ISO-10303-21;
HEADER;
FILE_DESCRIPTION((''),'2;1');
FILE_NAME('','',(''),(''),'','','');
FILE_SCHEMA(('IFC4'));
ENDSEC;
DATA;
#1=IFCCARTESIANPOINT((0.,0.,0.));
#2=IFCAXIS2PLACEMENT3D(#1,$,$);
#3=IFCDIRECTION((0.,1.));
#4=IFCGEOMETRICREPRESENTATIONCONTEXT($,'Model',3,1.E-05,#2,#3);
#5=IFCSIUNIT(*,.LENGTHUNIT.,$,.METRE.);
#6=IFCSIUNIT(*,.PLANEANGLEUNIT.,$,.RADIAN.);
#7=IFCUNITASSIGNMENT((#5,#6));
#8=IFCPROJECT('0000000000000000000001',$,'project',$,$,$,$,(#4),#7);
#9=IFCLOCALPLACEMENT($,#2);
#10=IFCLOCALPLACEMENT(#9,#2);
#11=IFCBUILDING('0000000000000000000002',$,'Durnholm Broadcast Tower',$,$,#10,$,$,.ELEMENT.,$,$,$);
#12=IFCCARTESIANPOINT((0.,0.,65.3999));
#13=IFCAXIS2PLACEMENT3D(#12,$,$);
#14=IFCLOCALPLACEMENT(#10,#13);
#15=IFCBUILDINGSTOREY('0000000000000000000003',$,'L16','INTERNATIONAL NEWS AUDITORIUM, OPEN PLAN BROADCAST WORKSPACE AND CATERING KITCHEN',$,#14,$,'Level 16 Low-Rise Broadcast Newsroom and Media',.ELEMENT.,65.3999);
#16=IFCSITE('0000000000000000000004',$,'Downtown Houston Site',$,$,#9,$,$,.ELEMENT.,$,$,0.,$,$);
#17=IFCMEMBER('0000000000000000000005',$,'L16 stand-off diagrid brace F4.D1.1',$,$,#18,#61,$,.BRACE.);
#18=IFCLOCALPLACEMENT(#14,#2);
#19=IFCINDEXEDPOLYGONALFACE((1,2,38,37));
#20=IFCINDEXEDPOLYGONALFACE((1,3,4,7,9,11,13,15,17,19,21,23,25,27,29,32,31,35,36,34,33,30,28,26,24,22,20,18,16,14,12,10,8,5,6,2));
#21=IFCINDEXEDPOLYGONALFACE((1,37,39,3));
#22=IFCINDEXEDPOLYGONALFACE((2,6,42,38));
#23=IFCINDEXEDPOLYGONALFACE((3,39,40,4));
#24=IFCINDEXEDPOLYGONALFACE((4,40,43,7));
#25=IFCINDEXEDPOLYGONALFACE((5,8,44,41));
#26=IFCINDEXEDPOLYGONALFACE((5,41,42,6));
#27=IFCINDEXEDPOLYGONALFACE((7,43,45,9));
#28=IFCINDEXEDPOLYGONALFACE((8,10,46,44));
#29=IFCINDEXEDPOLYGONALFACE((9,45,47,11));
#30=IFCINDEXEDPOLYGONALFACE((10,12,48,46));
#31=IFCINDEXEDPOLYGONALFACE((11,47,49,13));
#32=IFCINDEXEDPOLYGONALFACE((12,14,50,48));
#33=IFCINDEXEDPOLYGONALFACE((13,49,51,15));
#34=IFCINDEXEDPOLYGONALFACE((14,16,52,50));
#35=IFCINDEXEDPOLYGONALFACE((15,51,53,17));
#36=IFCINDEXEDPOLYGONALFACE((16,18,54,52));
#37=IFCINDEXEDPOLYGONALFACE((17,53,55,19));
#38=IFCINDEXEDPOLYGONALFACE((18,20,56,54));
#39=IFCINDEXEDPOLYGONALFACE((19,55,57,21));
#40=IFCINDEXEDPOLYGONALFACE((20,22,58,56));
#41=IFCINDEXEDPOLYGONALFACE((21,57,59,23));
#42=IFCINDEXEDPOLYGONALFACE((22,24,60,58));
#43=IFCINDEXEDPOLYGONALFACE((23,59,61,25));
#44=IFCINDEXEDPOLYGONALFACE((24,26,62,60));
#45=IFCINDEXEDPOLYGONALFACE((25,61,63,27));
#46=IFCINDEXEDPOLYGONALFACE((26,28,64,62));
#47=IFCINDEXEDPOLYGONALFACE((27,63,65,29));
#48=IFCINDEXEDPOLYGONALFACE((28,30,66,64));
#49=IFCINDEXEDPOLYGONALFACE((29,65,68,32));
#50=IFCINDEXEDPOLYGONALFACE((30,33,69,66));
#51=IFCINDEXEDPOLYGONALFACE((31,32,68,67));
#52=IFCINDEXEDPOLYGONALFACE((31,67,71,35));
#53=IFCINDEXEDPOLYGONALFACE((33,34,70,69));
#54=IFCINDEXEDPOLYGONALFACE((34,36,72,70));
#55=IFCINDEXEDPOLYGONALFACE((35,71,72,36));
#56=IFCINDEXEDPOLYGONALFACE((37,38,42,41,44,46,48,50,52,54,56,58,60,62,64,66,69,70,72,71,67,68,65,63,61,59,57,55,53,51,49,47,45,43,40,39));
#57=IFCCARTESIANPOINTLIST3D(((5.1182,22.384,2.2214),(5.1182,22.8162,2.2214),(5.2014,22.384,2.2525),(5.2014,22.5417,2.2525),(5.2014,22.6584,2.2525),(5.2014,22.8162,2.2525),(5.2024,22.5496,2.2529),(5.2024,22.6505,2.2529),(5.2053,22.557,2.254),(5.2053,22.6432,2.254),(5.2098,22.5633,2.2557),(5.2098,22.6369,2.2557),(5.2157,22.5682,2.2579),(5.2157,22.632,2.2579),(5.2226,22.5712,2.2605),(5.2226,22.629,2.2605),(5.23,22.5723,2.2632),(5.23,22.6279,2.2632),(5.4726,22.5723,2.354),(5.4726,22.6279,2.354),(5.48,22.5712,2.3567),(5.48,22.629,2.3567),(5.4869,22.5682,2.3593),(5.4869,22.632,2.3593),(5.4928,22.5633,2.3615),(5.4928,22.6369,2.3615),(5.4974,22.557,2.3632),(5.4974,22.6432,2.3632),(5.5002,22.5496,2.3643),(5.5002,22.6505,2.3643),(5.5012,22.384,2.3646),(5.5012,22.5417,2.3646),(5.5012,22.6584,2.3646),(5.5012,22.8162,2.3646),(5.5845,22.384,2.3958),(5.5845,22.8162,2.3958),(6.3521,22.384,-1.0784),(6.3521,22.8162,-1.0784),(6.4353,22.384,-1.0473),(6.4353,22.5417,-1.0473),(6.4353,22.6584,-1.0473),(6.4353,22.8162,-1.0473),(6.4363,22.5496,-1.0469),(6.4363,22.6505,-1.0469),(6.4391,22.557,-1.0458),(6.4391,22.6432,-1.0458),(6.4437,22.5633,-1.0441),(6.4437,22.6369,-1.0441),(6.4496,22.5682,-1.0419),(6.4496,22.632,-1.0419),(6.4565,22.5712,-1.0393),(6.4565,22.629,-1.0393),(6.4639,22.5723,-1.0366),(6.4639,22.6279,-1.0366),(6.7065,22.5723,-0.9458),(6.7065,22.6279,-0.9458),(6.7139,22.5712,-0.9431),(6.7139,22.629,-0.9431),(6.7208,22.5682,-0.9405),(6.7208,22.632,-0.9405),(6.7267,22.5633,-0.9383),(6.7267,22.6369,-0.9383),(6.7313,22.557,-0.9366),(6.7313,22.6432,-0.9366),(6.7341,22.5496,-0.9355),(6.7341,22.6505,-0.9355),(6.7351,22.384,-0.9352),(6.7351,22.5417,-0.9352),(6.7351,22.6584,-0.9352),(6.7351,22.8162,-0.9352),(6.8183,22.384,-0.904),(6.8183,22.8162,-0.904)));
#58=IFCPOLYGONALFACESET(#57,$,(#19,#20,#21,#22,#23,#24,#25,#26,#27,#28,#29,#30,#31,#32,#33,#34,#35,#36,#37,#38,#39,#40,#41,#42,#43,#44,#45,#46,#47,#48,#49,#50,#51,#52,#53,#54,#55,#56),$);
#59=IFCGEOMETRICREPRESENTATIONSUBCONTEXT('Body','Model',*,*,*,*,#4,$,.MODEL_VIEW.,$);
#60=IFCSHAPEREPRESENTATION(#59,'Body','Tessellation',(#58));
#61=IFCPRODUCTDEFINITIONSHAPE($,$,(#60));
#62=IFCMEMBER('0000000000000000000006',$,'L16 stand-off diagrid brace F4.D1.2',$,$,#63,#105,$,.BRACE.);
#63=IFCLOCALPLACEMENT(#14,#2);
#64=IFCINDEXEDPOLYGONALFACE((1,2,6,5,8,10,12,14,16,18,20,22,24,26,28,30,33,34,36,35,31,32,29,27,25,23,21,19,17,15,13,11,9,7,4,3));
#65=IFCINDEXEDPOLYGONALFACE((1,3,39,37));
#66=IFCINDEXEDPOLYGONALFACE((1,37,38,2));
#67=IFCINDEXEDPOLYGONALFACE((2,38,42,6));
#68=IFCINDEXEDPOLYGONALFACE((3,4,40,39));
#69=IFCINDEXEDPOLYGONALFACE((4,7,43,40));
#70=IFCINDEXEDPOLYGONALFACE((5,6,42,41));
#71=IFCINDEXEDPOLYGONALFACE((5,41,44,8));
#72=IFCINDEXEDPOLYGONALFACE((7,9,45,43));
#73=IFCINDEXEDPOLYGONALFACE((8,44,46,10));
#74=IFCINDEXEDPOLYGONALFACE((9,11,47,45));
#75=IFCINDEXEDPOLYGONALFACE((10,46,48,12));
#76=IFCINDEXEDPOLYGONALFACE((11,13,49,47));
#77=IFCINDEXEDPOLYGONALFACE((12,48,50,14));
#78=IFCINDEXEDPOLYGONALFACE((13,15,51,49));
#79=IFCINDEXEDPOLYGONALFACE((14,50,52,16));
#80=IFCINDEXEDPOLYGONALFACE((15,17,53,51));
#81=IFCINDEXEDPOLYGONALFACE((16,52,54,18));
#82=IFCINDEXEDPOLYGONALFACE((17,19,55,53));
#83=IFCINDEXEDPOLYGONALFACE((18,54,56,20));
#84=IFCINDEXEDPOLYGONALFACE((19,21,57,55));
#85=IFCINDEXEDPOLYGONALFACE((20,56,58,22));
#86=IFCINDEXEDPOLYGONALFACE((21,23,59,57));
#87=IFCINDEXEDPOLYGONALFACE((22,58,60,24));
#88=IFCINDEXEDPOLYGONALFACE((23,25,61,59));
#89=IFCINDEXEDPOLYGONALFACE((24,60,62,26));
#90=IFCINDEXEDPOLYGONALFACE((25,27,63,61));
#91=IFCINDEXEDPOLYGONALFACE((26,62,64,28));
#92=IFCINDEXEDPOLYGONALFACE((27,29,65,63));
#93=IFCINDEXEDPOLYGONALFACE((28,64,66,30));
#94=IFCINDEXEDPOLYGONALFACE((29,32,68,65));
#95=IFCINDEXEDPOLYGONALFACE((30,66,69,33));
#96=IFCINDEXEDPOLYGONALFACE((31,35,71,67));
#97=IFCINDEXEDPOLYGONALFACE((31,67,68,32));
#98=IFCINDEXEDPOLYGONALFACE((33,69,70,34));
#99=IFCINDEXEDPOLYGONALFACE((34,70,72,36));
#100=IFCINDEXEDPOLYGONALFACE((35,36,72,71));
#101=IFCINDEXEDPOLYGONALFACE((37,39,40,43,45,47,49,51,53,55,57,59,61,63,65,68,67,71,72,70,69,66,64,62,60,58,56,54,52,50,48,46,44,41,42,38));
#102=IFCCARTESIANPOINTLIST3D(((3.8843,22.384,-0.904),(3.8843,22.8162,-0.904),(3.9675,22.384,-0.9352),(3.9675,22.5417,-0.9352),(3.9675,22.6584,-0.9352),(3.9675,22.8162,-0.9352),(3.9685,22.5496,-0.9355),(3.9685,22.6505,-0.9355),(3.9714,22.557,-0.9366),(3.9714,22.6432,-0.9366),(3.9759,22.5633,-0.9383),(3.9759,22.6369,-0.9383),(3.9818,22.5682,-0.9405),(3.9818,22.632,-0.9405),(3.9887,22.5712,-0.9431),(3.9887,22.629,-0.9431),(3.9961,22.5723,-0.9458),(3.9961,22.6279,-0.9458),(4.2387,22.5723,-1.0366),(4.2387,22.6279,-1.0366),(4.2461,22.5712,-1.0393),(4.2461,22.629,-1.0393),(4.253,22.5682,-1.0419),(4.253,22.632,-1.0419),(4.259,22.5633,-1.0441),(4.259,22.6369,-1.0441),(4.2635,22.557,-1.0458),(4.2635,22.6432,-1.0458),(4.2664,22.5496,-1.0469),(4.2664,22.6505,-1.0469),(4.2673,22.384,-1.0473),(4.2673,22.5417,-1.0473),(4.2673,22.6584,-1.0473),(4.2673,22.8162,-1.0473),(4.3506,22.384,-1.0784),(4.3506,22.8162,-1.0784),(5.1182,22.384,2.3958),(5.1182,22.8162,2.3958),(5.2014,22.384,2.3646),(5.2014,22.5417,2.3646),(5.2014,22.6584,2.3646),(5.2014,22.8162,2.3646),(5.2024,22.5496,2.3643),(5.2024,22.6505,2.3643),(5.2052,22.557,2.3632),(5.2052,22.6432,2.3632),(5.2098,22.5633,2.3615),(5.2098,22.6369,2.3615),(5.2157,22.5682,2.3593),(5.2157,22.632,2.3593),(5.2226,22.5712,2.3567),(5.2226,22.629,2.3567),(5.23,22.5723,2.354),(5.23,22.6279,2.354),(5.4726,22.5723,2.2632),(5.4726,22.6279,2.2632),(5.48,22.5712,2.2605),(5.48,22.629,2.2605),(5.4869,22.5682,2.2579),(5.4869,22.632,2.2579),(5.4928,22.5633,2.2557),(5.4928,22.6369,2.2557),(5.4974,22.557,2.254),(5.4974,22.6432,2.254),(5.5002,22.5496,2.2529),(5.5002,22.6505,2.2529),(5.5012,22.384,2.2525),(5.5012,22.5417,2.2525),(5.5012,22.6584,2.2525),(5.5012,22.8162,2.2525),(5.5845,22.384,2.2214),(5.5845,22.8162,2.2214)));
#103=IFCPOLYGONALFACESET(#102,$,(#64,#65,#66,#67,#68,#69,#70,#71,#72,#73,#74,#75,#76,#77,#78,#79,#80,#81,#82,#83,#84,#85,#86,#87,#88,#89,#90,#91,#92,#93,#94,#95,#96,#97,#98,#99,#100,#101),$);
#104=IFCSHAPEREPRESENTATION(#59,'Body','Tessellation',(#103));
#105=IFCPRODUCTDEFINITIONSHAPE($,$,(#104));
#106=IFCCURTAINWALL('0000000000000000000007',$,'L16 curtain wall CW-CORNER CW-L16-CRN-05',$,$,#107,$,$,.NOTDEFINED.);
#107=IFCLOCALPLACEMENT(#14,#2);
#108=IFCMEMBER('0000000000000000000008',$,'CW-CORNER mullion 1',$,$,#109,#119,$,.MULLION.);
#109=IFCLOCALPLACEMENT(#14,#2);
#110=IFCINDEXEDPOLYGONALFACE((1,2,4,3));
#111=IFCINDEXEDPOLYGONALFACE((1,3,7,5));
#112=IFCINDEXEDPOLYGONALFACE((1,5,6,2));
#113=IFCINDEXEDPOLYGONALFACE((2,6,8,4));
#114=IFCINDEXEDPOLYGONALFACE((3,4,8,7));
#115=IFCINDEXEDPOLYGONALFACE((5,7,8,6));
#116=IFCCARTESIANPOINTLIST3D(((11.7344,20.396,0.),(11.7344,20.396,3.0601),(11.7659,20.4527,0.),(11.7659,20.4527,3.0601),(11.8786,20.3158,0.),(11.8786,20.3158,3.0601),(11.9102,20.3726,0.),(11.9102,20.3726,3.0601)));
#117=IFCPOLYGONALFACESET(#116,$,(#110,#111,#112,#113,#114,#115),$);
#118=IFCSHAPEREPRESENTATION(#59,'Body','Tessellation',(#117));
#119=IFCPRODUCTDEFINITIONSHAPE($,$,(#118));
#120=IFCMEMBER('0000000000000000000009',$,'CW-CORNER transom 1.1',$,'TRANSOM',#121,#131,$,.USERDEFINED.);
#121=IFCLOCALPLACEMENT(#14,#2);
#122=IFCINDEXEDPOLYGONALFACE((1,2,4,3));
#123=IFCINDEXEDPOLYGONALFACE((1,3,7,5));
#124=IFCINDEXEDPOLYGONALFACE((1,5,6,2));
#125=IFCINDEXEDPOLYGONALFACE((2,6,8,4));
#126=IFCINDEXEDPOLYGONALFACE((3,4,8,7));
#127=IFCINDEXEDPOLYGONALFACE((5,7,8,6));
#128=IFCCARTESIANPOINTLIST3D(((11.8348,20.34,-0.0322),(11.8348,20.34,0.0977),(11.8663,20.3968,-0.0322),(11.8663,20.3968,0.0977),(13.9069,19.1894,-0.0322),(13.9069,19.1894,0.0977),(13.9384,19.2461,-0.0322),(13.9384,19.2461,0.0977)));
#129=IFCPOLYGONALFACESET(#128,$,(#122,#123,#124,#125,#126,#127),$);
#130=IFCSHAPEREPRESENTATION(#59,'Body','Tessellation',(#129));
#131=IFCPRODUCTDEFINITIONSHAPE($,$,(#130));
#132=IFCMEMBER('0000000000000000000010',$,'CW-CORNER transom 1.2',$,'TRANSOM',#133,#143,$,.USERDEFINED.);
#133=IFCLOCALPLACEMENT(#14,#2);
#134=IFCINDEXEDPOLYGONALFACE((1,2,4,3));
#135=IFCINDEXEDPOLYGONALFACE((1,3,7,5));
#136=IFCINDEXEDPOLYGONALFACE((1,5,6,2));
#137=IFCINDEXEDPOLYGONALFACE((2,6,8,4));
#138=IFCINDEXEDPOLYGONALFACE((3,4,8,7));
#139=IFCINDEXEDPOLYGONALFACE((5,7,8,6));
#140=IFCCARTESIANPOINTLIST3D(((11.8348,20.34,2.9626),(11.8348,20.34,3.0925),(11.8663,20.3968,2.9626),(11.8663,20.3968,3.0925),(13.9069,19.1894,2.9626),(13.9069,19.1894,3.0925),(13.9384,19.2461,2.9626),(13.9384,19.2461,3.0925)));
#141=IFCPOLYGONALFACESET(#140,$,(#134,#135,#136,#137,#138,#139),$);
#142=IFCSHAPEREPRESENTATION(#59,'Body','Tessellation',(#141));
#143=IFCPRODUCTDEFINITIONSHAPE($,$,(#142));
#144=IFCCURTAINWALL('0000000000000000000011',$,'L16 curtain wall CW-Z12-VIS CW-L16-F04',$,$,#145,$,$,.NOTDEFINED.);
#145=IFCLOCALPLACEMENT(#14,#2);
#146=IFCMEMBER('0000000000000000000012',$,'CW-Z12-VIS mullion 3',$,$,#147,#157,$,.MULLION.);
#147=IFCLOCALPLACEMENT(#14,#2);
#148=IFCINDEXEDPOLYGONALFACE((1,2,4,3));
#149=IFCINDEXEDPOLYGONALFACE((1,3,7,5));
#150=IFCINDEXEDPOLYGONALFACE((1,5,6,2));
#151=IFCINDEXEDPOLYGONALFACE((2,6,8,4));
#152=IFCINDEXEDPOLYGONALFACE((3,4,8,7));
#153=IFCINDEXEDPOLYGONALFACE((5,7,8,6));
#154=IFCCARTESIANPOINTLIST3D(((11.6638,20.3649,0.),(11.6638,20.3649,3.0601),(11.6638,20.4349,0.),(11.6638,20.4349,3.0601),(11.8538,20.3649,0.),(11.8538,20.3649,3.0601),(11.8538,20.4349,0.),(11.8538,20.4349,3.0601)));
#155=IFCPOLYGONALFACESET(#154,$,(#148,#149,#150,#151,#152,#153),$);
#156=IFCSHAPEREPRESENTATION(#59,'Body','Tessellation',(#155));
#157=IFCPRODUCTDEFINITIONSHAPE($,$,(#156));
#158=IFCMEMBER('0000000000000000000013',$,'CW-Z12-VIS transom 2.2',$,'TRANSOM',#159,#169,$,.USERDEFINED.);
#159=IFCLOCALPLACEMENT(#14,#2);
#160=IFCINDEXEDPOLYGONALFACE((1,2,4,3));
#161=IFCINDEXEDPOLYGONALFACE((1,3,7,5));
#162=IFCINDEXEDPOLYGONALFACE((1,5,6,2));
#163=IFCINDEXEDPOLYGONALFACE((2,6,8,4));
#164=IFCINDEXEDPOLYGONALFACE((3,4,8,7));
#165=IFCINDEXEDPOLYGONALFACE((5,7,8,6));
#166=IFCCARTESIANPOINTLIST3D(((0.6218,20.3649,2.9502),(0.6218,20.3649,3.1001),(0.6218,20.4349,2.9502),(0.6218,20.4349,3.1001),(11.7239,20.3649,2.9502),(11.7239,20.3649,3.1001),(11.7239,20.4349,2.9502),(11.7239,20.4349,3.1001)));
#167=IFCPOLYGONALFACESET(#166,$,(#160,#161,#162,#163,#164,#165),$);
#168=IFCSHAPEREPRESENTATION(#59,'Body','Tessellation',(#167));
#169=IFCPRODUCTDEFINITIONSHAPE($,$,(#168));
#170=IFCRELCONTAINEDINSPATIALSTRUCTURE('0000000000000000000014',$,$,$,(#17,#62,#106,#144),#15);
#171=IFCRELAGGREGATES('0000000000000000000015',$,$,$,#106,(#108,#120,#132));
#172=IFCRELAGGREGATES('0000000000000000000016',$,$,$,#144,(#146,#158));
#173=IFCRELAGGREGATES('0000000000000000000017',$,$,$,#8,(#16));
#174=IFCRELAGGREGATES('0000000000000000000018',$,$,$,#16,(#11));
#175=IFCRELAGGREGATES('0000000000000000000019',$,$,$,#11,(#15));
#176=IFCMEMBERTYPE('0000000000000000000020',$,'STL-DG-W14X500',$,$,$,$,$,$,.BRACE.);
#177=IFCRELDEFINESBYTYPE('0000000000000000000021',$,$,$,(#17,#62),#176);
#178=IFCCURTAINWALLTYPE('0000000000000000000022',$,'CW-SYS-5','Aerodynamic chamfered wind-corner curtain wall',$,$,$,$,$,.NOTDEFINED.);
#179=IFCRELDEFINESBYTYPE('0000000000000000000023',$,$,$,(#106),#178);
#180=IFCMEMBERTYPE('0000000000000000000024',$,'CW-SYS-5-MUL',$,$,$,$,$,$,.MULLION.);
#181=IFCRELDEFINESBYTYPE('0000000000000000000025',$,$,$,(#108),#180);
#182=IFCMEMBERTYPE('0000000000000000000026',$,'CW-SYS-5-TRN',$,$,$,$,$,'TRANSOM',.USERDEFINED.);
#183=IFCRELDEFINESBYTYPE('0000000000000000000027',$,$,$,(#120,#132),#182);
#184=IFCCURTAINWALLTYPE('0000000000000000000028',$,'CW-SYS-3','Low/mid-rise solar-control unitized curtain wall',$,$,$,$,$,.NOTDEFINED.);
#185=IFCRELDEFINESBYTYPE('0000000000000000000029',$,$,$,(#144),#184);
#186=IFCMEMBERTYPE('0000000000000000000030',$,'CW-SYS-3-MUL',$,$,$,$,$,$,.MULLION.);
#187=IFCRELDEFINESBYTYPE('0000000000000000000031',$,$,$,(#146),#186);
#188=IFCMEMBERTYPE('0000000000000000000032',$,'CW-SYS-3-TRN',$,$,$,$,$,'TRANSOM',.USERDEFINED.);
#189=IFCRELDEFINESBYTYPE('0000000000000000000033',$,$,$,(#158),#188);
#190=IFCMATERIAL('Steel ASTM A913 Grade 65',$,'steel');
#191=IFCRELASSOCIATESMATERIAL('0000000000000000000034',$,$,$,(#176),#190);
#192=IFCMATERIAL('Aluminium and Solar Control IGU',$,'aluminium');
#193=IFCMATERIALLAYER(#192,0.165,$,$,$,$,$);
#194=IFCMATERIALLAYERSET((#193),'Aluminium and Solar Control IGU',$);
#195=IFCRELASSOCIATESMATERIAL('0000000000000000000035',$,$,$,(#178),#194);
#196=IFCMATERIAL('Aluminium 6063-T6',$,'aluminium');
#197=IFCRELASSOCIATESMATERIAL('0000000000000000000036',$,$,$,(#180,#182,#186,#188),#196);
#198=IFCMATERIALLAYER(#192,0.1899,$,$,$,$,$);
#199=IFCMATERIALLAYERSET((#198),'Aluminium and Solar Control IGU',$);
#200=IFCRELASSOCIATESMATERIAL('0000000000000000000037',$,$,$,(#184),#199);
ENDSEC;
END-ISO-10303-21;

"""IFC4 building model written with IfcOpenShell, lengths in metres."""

from ifc_helpers import new_model, si_unit, direction, frame, origin, origin_2d, place, context, subcontext, project, spatial, rectangle, i_section, extrude, source, transform, mapped, material, layer, layer_set, material_profile, profile_set, type_object, type_shapes, element, aggregate, save


model = new_model("IFC4")

# Units and contexts
model_context = context("Model", 3, precision=1e-05, world=origin(), true_north=direction((0.0, 1.0)))
body_context = subcontext(model_context, "Body", "Model", "MODEL_VIEW")
ifc_project = project(units=[si_unit("LENGTHUNIT", "METRE"), si_unit("PLANEANGLEUNIT", "RADIAN")], contexts=[model_context])

# Site, building, storey
site_placement = place(None, origin())
site = spatial("IfcSite", under=ifc_project, at=site_placement, Name="Downtown Houston Site", CompositionType="ELEMENT", RefElevation=0.0)
building_placement = place(site_placement, origin())
building = spatial("IfcBuilding", under=site, at=building_placement, Name="Durnholm Broadcast Tower", CompositionType="ELEMENT")
storey_placement = place(building_placement, frame((0.0, 0.0, 65.3999)))
storey = spatial("IfcBuildingStorey", under=building, at=storey_placement, Name="L16", Description="INTERNATIONAL NEWS AUDITORIUM, OPEN PLAN BROADCAST WORKSPACE AND CATERING KITCHEN", LongName="Level 16 Low-Rise Broadcast Newsroom and Media", CompositionType="ELEMENT", Elevation=65.3999)

# Members
ifc_material_1 = material(Name="Steel ASTM A913 Grade 65", Category="steel")
ifc_material_profile_1 = material_profile(ifc_material_1, i_section(OverallWidth=0.4321, OverallDepth=0.4978, WebThickness=0.0557, FlangeThickness=0.0889, FilletRadius=0.0305, at=origin_2d()), Name="W14X500")
ifc_profile_set_1 = profile_set([ifc_material_profile_1], Name="Steel ASTM A913 Grade 65")
member_type_1 = type_object("IfcMemberType", Name="STL-DG-W14X500", PredefinedType="BRACE", material=ifc_profile_set_1)
shared_shape_1 = source(origin(), body_context, "Body", "SweptSolid", [
    extrude(i_section(OverallWidth=0.4321, OverallDepth=0.4978, WebThickness=0.0557, FlangeThickness=0.0889, FilletRadius=0.0305, at=origin_2d()), origin(), (0.0, 0.0, 1.0), 3.5229),
])
type_shapes(member_type_1, [shared_shape_1])
for number, where, z_axis, x_axis, name in (
    (1, (6.5852, 22.6001, -0.9912), (-0.350242, 0.0, 0.936659), (0.0, -1.0, 0.0), "L16 stand-off diagrid brace F4.D1.1"),
    (2, (4.1174, 22.6001, -0.9912), (0.350242, 0.0, 0.936659), (0.0, 1.0, 0.0), "L16 stand-off diagrid brace F4.D1.2"),
):
    element("IfcMember", number, at=place(storey_placement, frame(where, z_axis=z_axis, x_axis=x_axis)), inside=storey, type_object=member_type_1, Name=name, PredefinedType="BRACE", context=body_context, shape_type="MappedRepresentation", body=[
        mapped(shared_shape_1, transform((0.0, 0.0, 0.0), x_axis=(1.0, 0.0, 0.0), y_axis=(0.0, 1.0, 0.0), z_axis=(0.0, 0.0, 1.0), scale=1.0)),
    ])

# Curtain walls, members
ifc_material_2 = material(Name="Aluminium and Solar Control IGU", Category="aluminium")
ifc_layer_1 = layer(ifc_material_2, 0.165)
ifc_layer_set_1 = layer_set([ifc_layer_1], Name="Aluminium and Solar Control IGU")
curtain_wall_type_1 = type_object("IfcCurtainWallType", Name="CW-SYS-5", Description="Aerodynamic chamfered wind-corner curtain wall", PredefinedType="NOTDEFINED", material=ifc_layer_set_1)
curtain_wall_1_placement = place(storey_placement, origin())
curtain_wall_1 = element("IfcCurtainWall", 3, at=curtain_wall_1_placement, inside=storey, type_object=curtain_wall_type_1, Name="L16 curtain wall CW-CORNER CW-L16-CRN-05", PredefinedType="NOTDEFINED")
ifc_material_3 = material(Name="Aluminium 6063-T6", Category="aluminium")
ifc_material_profile_2 = material_profile(ifc_material_3, rectangle(XDim=0.0649, YDim=0.165, at=origin_2d()), Name="CWM65X165")
ifc_profile_set_2 = profile_set([ifc_material_profile_2], Name="Aluminium 6063-T6")
member_type_2 = type_object("IfcMemberType", Name="CW-SYS-5-MUL", PredefinedType="MULLION", material=ifc_profile_set_2)
shared_shape_2 = source(origin(), body_context, "Body", "SweptSolid", [
    extrude(rectangle(XDim=0.0649, YDim=0.165, at=origin_2d()), origin(), (0.0, 0.0, 1.0), 3.0601),
])
type_shapes(member_type_2, [shared_shape_2])
member_1_placement = place(storey_placement, frame((11.8223, 20.3843, 0.0), z_axis=(0.0, 0.0, 1.0), x_axis=(0.485483, 0.874246, 0.0)))
member_1 = element("IfcMember", 4, at=member_1_placement, type_object=member_type_2, Name="CW-CORNER mullion 1", PredefinedType="MULLION", context=body_context, shape_type="MappedRepresentation", body=[
    mapped(shared_shape_2, transform((0.0, 0.0, 0.0), x_axis=(1.0, 0.0, 0.0), y_axis=(0.0, 1.0, 0.0), z_axis=(0.0, 0.0, 1.0), scale=1.0)),
])
ifc_material_profile_3 = material_profile(ifc_material_3, rectangle(XDim=0.0649, YDim=0.1299, at=origin_2d()), Name="CWT65X130")
ifc_profile_set_3 = profile_set([ifc_material_profile_3], Name="Aluminium 6063-T6")
member_type_3 = type_object("IfcMemberType", Name="CW-SYS-5-TRN", ElementType="TRANSOM", PredefinedType="USERDEFINED", material=ifc_profile_set_3)
shared_shape_3 = source(origin(), body_context, "Body", "SweptSolid", [
    extrude(rectangle(XDim=0.0649, YDim=0.1299, at=origin_2d()), origin(), (0.0, 0.0, 1.0), 2.3701),
])
type_shapes(member_type_3, [shared_shape_3])
member_2_placement = place(storey_placement, frame((11.8506, 20.3684, 0.0327), z_axis=(0.874245, -0.485485, 0.0), x_axis=(0.485485, 0.874245, 0.0)))
member_2 = element("IfcMember", 5, at=member_2_placement, type_object=member_type_3, Name="CW-CORNER transom 1.1", ObjectType="TRANSOM", PredefinedType="USERDEFINED", context=body_context, shape_type="MappedRepresentation", body=[
    mapped(shared_shape_3, transform((0.0, 0.0, 0.0), x_axis=(1.0, 0.0, 0.0), y_axis=(0.0, 1.0, 0.0), z_axis=(0.0, 0.0, 1.0), scale=1.0)),
])
member_3_placement = place(storey_placement, frame((11.8506, 20.3684, 3.0276), z_axis=(0.874245, -0.485485, 0.0), x_axis=(0.485485, 0.874245, 0.0)))
member_3 = element("IfcMember", 6, at=member_3_placement, type_object=member_type_3, Name="CW-CORNER transom 1.2", ObjectType="TRANSOM", PredefinedType="USERDEFINED", context=body_context, shape_type="MappedRepresentation", body=[
    mapped(shared_shape_3, transform((0.0, 0.0, 0.0), x_axis=(1.0, 0.0, 0.0), y_axis=(0.0, 1.0, 0.0), z_axis=(0.0, 0.0, 1.0), scale=1.0)),
])
aggregate(curtain_wall_1, [member_1, member_2, member_3])
ifc_layer_2 = layer(ifc_material_2, 0.1899)
ifc_layer_set_2 = layer_set([ifc_layer_2], Name="Aluminium and Solar Control IGU")
curtain_wall_type_2 = type_object("IfcCurtainWallType", Name="CW-SYS-3", Description="Low/mid-rise solar-control unitized curtain wall", PredefinedType="NOTDEFINED", material=ifc_layer_set_2)
curtain_wall_2_placement = place(storey_placement, origin())
curtain_wall_2 = element("IfcCurtainWall", 7, at=curtain_wall_2_placement, inside=storey, type_object=curtain_wall_type_2, Name="L16 curtain wall CW-Z12-VIS CW-L16-F04", PredefinedType="NOTDEFINED")
ifc_material_profile_4 = material_profile(ifc_material_3, rectangle(XDim=0.0701, YDim=0.1899, at=origin_2d()), Name="CWM70X190")
ifc_profile_set_4 = profile_set([ifc_material_profile_4], Name="Aluminium 6063-T6")
member_type_4 = type_object("IfcMemberType", Name="CW-SYS-3-MUL", PredefinedType="MULLION", material=ifc_profile_set_4)
shared_shape_4 = source(origin(), body_context, "Body", "SweptSolid", [
    extrude(rectangle(XDim=0.0701, YDim=0.1899, at=origin_2d()), origin(), (0.0, 0.0, 1.0), 3.0601),
])
type_shapes(member_type_4, [shared_shape_4])
member_4_placement = place(storey_placement, frame((11.7588, 20.3999, 0.0), z_axis=(0.0, 0.0, 1.0), x_axis=(0.0, 1.0, 0.0)))
member_4 = element("IfcMember", 8, at=member_4_placement, type_object=member_type_4, Name="CW-Z12-VIS mullion 3", PredefinedType="MULLION", context=body_context, shape_type="MappedRepresentation", body=[
    mapped(shared_shape_4, transform((0.0, 0.0, 0.0), x_axis=(1.0, 0.0, 0.0), y_axis=(0.0, 1.0, 0.0), z_axis=(0.0, 0.0, 1.0), scale=1.0)),
])
ifc_material_profile_5 = material_profile(ifc_material_3, rectangle(XDim=0.0701, YDim=0.1499, at=origin_2d()), Name="CWT70X150")
ifc_profile_set_5 = profile_set([ifc_material_profile_5], Name="Aluminium 6063-T6")
member_type_5 = type_object("IfcMemberType", Name="CW-SYS-3-TRN", ElementType="TRANSOM", PredefinedType="USERDEFINED", material=ifc_profile_set_5)
shared_shape_5 = source(origin(), body_context, "Body", "SweptSolid", [
    extrude(rectangle(XDim=0.0701, YDim=0.1499, at=origin_2d()), origin(), (0.0, 0.0, 1.0), 11.1021),
])
type_shapes(member_type_5, [shared_shape_5])
member_5_placement = place(storey_placement, frame((0.6218, 20.3999, 3.0251), z_axis=(1.0, 0.0, 0.0), x_axis=(0.0, 1.0, 0.0)))
member_5 = element("IfcMember", 9, at=member_5_placement, type_object=member_type_5, Name="CW-Z12-VIS transom 2.2", ObjectType="TRANSOM", PredefinedType="USERDEFINED", context=body_context, shape_type="MappedRepresentation", body=[
    mapped(shared_shape_5, transform((0.0, 0.0, 0.0), x_axis=(1.0, 0.0, 0.0), y_axis=(0.0, 1.0, 0.0), z_axis=(0.0, 0.0, 1.0), scale=1.0)),
])

aggregate(curtain_wall_2, [member_4, member_5])

save(model, "model.ifc")
